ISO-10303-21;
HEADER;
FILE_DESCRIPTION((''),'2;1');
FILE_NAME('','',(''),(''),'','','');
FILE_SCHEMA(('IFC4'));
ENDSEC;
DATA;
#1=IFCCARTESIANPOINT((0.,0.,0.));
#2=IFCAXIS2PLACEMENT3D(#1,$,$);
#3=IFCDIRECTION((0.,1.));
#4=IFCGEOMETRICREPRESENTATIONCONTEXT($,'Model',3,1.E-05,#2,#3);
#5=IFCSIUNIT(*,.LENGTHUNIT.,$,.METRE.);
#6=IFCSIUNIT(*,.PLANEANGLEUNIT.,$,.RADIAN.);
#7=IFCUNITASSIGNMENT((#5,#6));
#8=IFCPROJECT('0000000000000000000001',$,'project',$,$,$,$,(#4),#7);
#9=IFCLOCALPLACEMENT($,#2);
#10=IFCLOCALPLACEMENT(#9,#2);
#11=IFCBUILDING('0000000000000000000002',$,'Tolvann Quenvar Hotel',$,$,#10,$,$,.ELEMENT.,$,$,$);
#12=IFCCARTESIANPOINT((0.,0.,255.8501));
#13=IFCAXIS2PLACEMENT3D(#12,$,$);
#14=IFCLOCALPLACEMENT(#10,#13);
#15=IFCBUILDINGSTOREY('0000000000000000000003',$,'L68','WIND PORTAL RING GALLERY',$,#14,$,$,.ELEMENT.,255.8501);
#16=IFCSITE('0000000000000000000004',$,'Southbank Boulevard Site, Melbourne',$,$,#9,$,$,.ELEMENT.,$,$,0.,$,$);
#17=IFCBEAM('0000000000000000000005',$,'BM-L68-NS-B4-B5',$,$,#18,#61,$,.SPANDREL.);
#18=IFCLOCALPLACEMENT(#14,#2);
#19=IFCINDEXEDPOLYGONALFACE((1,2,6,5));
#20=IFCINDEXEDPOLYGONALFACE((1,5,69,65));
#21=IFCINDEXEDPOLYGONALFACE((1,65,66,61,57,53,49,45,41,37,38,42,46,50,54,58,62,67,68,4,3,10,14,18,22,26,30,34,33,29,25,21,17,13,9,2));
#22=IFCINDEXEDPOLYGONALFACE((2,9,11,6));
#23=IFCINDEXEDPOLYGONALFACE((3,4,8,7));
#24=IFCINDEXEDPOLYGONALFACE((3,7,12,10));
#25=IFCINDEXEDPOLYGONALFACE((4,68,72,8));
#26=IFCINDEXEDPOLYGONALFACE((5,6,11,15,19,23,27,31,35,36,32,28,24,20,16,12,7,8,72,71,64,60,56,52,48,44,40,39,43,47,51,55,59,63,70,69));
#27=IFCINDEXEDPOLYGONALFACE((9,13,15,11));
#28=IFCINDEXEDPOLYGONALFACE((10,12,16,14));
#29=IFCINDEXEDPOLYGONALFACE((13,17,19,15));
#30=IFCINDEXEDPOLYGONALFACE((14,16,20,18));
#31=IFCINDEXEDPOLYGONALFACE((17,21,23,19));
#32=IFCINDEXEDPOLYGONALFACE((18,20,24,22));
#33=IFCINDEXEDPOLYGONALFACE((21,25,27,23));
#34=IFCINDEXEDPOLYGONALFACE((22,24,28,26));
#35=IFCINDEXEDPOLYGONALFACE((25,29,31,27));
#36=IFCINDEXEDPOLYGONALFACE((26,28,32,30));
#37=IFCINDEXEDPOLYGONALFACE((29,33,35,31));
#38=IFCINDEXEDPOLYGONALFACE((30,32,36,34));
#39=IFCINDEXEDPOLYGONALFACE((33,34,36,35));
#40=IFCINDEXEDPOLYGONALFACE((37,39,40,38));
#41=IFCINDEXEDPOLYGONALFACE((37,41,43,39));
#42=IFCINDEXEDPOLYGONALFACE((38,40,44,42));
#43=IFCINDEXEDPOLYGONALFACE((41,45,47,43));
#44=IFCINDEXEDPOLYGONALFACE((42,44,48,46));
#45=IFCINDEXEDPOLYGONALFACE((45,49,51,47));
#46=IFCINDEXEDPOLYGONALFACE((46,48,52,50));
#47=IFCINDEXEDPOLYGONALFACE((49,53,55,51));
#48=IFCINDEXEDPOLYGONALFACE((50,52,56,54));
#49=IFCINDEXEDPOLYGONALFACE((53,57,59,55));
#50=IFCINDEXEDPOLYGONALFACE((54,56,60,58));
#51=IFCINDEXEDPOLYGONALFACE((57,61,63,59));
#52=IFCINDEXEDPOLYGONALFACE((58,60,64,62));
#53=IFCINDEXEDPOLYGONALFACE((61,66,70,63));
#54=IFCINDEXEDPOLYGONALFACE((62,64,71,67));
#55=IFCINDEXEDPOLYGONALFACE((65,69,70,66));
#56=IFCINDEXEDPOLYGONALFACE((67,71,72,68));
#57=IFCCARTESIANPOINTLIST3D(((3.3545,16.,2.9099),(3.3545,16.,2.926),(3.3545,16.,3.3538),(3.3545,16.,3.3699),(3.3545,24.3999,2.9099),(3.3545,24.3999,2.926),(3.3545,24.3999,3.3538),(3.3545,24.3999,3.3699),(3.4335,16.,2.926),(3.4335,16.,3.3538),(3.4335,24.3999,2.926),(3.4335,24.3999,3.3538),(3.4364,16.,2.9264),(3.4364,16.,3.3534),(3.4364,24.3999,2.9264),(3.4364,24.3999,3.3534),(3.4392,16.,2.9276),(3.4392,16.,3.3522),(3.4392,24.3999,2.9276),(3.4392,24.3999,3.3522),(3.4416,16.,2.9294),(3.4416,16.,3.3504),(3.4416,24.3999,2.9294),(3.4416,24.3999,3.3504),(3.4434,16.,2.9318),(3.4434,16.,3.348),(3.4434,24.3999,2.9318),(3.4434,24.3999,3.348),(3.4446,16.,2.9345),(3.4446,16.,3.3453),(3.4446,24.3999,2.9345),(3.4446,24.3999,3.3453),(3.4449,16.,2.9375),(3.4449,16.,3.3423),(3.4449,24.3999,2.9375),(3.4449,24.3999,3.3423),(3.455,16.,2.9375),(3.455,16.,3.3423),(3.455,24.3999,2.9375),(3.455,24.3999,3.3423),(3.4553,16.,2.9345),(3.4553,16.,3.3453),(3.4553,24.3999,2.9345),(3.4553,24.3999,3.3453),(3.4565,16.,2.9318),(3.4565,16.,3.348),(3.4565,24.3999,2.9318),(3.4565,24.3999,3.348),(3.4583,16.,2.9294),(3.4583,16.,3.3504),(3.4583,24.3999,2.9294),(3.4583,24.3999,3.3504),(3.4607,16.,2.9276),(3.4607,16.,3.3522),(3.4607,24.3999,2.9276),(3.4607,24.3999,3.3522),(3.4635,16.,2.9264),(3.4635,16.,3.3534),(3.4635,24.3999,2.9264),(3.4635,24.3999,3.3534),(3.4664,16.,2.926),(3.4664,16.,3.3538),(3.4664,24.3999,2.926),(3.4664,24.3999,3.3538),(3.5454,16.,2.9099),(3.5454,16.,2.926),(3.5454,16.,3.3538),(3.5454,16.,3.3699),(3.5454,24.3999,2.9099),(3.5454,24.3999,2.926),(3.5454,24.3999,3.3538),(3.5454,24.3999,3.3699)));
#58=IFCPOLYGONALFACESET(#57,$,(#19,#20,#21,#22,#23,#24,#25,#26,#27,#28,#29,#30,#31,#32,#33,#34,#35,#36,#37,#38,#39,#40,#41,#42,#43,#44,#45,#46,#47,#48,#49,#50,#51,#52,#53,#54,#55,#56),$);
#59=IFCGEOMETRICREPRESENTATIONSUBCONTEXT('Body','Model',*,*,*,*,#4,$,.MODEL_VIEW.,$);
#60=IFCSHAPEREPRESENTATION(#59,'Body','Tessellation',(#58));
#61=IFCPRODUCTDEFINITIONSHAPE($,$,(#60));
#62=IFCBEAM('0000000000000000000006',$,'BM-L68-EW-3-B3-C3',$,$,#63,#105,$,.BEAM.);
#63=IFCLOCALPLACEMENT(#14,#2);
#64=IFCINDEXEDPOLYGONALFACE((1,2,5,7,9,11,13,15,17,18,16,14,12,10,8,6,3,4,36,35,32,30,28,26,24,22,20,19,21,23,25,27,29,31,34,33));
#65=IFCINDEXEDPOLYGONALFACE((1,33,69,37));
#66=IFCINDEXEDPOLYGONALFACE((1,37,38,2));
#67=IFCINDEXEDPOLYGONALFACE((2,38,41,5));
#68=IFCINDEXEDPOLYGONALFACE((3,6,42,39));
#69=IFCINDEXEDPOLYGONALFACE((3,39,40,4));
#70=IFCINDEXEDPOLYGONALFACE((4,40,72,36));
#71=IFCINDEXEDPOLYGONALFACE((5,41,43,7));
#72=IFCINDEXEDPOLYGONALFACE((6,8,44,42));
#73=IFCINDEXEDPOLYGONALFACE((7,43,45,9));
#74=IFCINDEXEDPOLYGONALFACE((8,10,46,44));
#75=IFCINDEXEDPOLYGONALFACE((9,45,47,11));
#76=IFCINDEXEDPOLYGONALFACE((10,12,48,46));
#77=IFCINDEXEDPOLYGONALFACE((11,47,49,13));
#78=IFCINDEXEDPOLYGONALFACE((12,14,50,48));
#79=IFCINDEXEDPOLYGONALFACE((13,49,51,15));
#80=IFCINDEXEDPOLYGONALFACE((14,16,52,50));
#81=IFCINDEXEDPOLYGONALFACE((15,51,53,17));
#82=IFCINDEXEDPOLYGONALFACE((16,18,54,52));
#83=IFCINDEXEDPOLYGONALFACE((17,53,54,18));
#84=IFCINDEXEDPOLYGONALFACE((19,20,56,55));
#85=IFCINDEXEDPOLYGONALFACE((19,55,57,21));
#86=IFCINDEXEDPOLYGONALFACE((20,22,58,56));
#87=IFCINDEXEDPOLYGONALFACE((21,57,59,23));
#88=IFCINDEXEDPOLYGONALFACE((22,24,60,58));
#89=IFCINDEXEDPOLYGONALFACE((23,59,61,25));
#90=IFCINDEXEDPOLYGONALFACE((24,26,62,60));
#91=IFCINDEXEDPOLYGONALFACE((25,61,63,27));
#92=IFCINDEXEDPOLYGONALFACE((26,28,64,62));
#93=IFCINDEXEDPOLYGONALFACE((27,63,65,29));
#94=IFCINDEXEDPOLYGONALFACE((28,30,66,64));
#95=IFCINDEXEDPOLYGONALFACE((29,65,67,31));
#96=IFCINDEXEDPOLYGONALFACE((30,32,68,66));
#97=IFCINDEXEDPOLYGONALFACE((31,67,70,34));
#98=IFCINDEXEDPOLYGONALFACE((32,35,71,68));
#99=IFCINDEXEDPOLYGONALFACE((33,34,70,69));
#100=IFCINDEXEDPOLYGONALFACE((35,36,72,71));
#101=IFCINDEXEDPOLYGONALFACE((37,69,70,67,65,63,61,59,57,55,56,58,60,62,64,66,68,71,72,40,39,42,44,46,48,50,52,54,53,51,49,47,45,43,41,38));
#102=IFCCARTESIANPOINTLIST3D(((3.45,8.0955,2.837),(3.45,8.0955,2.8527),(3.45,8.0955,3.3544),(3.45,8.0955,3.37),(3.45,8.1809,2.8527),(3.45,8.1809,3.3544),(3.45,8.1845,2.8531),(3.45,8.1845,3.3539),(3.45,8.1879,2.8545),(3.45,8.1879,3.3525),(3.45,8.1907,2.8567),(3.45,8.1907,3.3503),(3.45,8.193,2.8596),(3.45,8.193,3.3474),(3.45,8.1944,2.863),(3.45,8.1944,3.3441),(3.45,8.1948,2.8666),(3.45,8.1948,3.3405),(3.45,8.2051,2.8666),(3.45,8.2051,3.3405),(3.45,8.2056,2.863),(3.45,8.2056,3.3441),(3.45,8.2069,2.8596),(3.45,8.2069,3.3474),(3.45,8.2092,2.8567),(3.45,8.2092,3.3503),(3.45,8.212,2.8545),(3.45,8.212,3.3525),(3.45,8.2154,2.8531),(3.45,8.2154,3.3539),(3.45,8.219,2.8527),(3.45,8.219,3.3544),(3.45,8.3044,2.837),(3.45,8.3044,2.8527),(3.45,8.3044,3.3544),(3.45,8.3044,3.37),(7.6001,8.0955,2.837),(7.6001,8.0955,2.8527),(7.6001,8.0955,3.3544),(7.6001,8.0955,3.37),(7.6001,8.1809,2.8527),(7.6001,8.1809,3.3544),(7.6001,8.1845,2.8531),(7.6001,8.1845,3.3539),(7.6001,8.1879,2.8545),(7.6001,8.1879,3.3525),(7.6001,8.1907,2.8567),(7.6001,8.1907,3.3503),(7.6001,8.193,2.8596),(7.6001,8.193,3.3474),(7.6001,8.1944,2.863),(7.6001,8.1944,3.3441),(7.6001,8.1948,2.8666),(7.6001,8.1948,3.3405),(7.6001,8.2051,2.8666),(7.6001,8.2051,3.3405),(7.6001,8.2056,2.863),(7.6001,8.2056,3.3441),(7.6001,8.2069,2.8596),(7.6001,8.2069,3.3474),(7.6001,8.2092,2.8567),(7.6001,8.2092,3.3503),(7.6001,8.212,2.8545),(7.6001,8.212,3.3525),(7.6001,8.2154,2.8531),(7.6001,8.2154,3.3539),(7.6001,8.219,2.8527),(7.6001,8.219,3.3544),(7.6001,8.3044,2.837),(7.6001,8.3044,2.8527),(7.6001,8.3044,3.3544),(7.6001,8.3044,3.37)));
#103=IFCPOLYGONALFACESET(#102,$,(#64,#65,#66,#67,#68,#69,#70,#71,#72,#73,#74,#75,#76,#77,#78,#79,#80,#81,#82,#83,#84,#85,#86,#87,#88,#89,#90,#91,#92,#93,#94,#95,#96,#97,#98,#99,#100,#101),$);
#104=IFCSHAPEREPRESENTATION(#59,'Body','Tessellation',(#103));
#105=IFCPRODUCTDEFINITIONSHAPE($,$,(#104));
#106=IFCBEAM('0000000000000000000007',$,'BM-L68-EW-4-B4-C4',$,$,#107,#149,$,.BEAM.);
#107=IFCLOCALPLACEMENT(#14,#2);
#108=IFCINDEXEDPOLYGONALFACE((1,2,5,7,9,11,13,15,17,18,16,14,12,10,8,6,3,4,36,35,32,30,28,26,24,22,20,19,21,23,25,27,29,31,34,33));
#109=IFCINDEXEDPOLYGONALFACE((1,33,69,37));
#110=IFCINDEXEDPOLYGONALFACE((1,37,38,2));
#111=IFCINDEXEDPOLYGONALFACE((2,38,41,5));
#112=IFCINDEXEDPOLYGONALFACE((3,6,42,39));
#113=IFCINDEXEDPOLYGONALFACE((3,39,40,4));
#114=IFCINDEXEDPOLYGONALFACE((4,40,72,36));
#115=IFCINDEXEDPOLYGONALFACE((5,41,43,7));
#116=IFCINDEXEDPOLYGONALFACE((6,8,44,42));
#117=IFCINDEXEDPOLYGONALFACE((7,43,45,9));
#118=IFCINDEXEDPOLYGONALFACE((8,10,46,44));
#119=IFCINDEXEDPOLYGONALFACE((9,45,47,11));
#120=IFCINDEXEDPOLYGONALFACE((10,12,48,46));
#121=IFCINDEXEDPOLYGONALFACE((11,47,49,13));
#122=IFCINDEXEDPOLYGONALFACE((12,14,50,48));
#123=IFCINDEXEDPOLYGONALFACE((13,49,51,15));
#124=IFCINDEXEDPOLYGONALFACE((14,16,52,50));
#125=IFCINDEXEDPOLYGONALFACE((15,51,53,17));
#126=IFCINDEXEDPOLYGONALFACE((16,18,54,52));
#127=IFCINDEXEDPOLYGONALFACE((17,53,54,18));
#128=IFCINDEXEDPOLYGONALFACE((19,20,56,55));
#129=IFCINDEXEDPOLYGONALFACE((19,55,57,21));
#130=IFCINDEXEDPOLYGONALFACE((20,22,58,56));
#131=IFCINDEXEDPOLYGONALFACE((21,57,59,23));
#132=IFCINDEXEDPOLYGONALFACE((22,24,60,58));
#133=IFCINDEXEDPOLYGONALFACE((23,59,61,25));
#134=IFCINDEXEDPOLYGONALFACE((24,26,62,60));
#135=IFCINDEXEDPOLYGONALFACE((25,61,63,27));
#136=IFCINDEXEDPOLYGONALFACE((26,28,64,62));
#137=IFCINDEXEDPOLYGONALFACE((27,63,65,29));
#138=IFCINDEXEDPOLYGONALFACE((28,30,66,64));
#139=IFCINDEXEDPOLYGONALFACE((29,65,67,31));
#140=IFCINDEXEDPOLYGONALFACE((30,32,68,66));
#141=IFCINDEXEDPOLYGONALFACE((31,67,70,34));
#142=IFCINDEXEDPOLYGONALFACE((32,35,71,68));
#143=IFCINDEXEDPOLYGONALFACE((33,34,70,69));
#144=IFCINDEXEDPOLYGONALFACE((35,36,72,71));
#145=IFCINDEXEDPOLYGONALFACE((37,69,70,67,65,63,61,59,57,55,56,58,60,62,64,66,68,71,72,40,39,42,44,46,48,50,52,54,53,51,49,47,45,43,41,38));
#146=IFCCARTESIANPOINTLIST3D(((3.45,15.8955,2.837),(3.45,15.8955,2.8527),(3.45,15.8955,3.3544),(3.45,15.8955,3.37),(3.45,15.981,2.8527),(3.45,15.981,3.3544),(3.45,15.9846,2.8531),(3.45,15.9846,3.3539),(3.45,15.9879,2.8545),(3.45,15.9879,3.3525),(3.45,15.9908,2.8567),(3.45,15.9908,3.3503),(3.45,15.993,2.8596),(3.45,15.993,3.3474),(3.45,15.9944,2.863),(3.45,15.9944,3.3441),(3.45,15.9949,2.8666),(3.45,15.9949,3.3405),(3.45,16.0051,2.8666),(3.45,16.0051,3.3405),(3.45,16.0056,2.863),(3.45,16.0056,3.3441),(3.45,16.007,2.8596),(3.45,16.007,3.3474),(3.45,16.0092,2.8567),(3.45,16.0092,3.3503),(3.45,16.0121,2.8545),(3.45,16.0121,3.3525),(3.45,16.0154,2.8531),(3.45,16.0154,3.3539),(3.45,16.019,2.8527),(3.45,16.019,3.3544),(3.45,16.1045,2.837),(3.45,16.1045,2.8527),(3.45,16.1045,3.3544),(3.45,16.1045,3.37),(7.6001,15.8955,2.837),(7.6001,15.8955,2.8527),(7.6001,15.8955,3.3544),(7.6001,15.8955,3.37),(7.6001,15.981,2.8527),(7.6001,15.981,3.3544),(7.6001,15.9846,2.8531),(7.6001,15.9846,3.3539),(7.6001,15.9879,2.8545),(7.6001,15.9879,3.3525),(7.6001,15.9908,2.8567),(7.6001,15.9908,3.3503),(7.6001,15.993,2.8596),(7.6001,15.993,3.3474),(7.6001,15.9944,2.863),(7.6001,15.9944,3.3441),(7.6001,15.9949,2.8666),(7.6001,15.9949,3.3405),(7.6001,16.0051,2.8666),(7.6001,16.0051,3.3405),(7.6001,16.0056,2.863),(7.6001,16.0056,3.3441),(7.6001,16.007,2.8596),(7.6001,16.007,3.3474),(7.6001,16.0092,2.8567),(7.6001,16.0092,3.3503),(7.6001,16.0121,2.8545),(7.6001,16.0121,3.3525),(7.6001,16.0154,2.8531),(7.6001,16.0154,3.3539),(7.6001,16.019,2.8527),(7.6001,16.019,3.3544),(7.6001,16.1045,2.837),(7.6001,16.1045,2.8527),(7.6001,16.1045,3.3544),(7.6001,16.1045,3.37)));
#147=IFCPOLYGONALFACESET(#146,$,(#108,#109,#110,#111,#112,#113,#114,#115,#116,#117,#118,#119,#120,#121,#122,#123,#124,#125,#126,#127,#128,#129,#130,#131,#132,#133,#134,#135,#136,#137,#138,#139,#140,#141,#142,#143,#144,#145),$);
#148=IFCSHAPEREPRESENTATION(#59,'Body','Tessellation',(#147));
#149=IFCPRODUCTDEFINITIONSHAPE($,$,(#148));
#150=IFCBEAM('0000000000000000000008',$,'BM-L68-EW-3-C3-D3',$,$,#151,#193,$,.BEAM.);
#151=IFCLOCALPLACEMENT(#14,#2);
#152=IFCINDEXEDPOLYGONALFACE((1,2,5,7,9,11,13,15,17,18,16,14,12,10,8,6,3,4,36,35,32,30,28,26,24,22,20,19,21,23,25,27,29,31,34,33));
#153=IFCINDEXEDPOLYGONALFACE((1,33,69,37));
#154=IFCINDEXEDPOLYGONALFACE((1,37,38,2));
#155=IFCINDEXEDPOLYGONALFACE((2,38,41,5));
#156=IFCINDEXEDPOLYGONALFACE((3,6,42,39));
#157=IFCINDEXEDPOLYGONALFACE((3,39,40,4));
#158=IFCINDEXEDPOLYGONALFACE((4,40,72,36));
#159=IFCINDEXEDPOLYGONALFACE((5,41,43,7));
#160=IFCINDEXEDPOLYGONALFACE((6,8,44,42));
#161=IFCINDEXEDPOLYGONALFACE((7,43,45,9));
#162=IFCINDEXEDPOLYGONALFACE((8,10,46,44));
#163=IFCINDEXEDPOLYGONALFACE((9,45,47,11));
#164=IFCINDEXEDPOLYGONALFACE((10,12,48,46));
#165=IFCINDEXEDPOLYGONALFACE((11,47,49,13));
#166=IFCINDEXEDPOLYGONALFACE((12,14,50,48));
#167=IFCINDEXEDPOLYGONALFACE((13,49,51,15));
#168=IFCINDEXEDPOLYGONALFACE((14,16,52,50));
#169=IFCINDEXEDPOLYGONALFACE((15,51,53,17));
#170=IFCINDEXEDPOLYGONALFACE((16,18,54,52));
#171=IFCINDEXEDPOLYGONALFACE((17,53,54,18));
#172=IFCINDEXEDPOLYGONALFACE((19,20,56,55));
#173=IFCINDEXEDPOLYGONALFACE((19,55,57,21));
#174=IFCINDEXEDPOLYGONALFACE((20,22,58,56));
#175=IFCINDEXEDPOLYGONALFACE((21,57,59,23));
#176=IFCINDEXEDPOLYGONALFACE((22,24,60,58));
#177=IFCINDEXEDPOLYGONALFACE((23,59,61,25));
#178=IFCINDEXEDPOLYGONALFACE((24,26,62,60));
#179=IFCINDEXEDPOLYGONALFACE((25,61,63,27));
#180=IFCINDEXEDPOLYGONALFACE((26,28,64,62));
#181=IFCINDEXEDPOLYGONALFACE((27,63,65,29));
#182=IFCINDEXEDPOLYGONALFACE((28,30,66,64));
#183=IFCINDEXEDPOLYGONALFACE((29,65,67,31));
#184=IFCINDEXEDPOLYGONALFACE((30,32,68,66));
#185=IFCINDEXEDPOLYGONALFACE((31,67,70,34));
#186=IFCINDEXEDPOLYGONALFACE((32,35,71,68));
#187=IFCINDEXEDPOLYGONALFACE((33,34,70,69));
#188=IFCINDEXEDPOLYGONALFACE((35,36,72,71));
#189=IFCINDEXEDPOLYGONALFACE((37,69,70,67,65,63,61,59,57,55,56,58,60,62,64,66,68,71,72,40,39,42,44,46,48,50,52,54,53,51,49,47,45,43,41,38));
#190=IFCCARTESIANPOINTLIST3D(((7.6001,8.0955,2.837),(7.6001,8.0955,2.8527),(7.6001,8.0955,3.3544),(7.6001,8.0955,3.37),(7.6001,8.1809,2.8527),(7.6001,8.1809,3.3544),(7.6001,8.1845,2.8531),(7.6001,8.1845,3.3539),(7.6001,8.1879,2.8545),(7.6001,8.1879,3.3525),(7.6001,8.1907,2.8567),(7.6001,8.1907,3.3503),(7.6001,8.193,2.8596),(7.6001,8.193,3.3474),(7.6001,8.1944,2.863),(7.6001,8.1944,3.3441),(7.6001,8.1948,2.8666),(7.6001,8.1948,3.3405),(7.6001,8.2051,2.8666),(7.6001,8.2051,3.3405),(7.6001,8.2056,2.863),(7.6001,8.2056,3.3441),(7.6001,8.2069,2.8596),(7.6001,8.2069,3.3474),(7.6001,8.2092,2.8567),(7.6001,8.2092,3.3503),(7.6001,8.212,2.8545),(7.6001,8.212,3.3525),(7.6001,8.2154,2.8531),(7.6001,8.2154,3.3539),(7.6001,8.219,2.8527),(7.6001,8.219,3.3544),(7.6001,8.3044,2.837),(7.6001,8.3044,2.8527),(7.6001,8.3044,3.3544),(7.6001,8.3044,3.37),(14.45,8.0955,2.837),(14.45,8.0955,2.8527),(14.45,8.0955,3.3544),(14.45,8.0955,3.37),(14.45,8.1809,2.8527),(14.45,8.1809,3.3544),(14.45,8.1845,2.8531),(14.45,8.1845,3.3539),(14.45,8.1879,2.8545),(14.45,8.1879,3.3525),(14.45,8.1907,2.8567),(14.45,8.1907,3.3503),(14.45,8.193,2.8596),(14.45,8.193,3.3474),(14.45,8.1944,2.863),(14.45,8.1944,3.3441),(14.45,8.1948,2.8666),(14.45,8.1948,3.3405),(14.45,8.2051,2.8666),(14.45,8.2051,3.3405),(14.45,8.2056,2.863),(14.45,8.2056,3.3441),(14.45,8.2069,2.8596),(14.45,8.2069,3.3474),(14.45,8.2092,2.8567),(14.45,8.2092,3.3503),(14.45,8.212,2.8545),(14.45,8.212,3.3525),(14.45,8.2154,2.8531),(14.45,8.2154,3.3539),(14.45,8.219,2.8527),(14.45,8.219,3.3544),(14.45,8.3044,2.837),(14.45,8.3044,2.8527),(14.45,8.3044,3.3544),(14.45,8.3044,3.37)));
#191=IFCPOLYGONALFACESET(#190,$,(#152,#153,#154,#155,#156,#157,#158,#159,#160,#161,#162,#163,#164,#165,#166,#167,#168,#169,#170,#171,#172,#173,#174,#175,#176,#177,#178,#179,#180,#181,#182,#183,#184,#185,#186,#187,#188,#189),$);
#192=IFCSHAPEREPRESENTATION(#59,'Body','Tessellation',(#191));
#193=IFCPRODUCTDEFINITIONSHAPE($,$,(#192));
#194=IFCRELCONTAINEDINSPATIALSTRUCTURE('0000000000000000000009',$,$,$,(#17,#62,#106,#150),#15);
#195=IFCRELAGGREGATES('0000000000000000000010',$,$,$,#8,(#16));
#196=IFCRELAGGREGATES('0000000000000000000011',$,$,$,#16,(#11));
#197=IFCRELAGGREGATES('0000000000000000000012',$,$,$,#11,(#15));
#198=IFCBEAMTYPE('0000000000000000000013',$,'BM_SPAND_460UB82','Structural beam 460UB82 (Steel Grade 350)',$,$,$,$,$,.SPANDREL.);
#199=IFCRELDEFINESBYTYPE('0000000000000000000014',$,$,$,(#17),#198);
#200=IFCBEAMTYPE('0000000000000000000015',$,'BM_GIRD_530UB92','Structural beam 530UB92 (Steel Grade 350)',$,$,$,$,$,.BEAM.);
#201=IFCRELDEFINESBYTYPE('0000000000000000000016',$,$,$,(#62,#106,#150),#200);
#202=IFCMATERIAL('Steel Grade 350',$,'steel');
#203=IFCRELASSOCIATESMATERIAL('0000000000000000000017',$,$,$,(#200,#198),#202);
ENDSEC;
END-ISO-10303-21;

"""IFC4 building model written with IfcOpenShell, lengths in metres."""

from ifc_helpers import new_model, si_unit, direction, frame, origin, origin_2d, place, context, subcontext, project, spatial, i_section, extrude, source, transform, mapped, material, material_profile, profile_set, type_object, element, save


model = new_model("IFC4")

# Units and contexts
model_context = context("Model", 3, precision=1e-05, world=origin(), true_north=direction((0.0, 1.0)))
body_context = subcontext(model_context, "Body", "Model", "MODEL_VIEW")
ifc_project = project(units=[si_unit("LENGTHUNIT", "METRE"), si_unit("PLANEANGLEUNIT", "RADIAN")], contexts=[model_context])

# Site, building, storey
site_placement = place(None, origin())
site = spatial("IfcSite", under=ifc_project, at=site_placement, Name="Southbank Boulevard Site, Melbourne", CompositionType="ELEMENT", RefElevation=0.0)
building_placement = place(site_placement, origin())
building = spatial("IfcBuilding", under=site, at=building_placement, Name="Tolvann Quenvar Hotel", CompositionType="ELEMENT")
storey_placement = place(building_placement, frame((0.0, 0.0, 255.8501)))
storey = spatial("IfcBuildingStorey", under=building, at=storey_placement, Name="L68", Description="WIND PORTAL RING GALLERY", CompositionType="ELEMENT", Elevation=255.8501)

# Shared definitions
ifc_material_1 = material(Name="Steel Grade 350", Category="steel")

# Beams
ifc_material_profile_1 = material_profile(ifc_material_1, i_section(OverallWidth=0.209, OverallDepth=0.533, WebThickness=0.0103, FlangeThickness=0.0156, FilletRadius=0.0139, at=origin_2d()), Name="530UB92")
ifc_profile_set_1 = profile_set([ifc_material_profile_1], Name="Steel Grade 350")
beam_type_1 = type_object("IfcBeamType", Name="BM_GIRD_530UB92", Description="Structural beam 530UB92 (Steel Grade 350)", PredefinedType="BEAM", material=ifc_profile_set_1)
ifc_material_profile_2 = material_profile(ifc_material_1, i_section(OverallWidth=0.1909, OverallDepth=0.46, WebThickness=0.01, FlangeThickness=0.0161, FilletRadius=0.0115, at=origin_2d()), Name="460UB82")
ifc_profile_set_2 = profile_set([ifc_material_profile_2], Name="Steel Grade 350")
beam_type_2 = type_object("IfcBeamType", Name="BM_SPAND_460UB82", Description="Structural beam 460UB82 (Steel Grade 350)", PredefinedType="SPANDREL", material=ifc_profile_set_2)
shared_shape_1 = source(origin(), body_context, "Body", "SweptSolid", [
    extrude(i_section(OverallWidth=0.1909, OverallDepth=0.46, WebThickness=0.01, FlangeThickness=0.0161, FilletRadius=0.0115, at=origin_2d()), origin(), (0.0, 0.0, 1.0), 8.3999),
])
beam_1_placement = place(storey_placement, frame((3.45, 16.0, 3.1399), z_axis=(0.0, 1.0, 0.0), x_axis=(-1.0, 0.0, 0.0)))
element("IfcBeam", 1, at=beam_1_placement, inside=storey, type_object=beam_type_2, Name="BM-L68-NS-B4-B5", PredefinedType="SPANDREL", context=body_context, shape_type="MappedRepresentation", body=[
    mapped(shared_shape_1, transform((0.0, 0.0, 0.0), x_axis=(1.0, 0.0, 0.0), y_axis=(0.0, 1.0, 0.0), z_axis=(0.0, 0.0, 1.0), scale=1.0)),
])
shared_shape_2 = source(origin(), body_context, "Body", "SweptSolid", [
    extrude(i_section(OverallWidth=0.209, OverallDepth=0.533, WebThickness=0.0103, FlangeThickness=0.0156, FilletRadius=0.0139, at=origin_2d()), origin(), (0.0, 0.0, 1.0), 4.1501),
])
for number, where, z_axis, x_axis, name in (
    (2, (3.45, 8.2, 3.1035), (1.0, 0.0, 0.0), (0.0, 1.0, 0.0), "BM-L68-EW-3-B3-C3"),
    (3, (3.45, 16.0, 3.1035), (1.0, 0.0, 0.0), (0.0, 1.0, 0.0), "BM-L68-EW-4-B4-C4"),
):
    element("IfcBeam", number, at=place(storey_placement, frame(where, z_axis=z_axis, x_axis=x_axis)), inside=storey, type_object=beam_type_1, Name=name, PredefinedType="BEAM", context=body_context, shape_type="MappedRepresentation", body=[
        mapped(shared_shape_2, transform((0.0, 0.0, 0.0), x_axis=(1.0, 0.0, 0.0), y_axis=(0.0, 1.0, 0.0), z_axis=(0.0, 0.0, 1.0), scale=1.0)),
    ])
shared_shape_3 = source(origin(), body_context, "Body", "SweptSolid", [
    extrude(i_section(OverallWidth=0.209, OverallDepth=0.533, WebThickness=0.0103, FlangeThickness=0.0156, FilletRadius=0.0139, at=origin_2d()), origin(), (0.0, 0.0, 1.0), 6.8499),
])
for number, where, z_axis, x_axis, name in (
    (4, (7.6001, 8.2, 3.1035), (1.0, 0.0, 0.0), (0.0, 1.0, 0.0), "BM-L68-EW-3-C3-D3"),
):
    element("IfcBeam", number, at=place(storey_placement, frame(where, z_axis=z_axis, x_axis=x_axis)), inside=storey, type_object=beam_type_1, Name=name, PredefinedType="BEAM", context=body_context, shape_type="MappedRepresentation", body=[
        mapped(shared_shape_3, transform((0.0, 0.0, 0.0), x_axis=(1.0, 0.0, 0.0), y_axis=(0.0, 1.0, 0.0), z_axis=(0.0, 0.0, 1.0), scale=1.0)),
    ])

save(model, "model.ifc")
